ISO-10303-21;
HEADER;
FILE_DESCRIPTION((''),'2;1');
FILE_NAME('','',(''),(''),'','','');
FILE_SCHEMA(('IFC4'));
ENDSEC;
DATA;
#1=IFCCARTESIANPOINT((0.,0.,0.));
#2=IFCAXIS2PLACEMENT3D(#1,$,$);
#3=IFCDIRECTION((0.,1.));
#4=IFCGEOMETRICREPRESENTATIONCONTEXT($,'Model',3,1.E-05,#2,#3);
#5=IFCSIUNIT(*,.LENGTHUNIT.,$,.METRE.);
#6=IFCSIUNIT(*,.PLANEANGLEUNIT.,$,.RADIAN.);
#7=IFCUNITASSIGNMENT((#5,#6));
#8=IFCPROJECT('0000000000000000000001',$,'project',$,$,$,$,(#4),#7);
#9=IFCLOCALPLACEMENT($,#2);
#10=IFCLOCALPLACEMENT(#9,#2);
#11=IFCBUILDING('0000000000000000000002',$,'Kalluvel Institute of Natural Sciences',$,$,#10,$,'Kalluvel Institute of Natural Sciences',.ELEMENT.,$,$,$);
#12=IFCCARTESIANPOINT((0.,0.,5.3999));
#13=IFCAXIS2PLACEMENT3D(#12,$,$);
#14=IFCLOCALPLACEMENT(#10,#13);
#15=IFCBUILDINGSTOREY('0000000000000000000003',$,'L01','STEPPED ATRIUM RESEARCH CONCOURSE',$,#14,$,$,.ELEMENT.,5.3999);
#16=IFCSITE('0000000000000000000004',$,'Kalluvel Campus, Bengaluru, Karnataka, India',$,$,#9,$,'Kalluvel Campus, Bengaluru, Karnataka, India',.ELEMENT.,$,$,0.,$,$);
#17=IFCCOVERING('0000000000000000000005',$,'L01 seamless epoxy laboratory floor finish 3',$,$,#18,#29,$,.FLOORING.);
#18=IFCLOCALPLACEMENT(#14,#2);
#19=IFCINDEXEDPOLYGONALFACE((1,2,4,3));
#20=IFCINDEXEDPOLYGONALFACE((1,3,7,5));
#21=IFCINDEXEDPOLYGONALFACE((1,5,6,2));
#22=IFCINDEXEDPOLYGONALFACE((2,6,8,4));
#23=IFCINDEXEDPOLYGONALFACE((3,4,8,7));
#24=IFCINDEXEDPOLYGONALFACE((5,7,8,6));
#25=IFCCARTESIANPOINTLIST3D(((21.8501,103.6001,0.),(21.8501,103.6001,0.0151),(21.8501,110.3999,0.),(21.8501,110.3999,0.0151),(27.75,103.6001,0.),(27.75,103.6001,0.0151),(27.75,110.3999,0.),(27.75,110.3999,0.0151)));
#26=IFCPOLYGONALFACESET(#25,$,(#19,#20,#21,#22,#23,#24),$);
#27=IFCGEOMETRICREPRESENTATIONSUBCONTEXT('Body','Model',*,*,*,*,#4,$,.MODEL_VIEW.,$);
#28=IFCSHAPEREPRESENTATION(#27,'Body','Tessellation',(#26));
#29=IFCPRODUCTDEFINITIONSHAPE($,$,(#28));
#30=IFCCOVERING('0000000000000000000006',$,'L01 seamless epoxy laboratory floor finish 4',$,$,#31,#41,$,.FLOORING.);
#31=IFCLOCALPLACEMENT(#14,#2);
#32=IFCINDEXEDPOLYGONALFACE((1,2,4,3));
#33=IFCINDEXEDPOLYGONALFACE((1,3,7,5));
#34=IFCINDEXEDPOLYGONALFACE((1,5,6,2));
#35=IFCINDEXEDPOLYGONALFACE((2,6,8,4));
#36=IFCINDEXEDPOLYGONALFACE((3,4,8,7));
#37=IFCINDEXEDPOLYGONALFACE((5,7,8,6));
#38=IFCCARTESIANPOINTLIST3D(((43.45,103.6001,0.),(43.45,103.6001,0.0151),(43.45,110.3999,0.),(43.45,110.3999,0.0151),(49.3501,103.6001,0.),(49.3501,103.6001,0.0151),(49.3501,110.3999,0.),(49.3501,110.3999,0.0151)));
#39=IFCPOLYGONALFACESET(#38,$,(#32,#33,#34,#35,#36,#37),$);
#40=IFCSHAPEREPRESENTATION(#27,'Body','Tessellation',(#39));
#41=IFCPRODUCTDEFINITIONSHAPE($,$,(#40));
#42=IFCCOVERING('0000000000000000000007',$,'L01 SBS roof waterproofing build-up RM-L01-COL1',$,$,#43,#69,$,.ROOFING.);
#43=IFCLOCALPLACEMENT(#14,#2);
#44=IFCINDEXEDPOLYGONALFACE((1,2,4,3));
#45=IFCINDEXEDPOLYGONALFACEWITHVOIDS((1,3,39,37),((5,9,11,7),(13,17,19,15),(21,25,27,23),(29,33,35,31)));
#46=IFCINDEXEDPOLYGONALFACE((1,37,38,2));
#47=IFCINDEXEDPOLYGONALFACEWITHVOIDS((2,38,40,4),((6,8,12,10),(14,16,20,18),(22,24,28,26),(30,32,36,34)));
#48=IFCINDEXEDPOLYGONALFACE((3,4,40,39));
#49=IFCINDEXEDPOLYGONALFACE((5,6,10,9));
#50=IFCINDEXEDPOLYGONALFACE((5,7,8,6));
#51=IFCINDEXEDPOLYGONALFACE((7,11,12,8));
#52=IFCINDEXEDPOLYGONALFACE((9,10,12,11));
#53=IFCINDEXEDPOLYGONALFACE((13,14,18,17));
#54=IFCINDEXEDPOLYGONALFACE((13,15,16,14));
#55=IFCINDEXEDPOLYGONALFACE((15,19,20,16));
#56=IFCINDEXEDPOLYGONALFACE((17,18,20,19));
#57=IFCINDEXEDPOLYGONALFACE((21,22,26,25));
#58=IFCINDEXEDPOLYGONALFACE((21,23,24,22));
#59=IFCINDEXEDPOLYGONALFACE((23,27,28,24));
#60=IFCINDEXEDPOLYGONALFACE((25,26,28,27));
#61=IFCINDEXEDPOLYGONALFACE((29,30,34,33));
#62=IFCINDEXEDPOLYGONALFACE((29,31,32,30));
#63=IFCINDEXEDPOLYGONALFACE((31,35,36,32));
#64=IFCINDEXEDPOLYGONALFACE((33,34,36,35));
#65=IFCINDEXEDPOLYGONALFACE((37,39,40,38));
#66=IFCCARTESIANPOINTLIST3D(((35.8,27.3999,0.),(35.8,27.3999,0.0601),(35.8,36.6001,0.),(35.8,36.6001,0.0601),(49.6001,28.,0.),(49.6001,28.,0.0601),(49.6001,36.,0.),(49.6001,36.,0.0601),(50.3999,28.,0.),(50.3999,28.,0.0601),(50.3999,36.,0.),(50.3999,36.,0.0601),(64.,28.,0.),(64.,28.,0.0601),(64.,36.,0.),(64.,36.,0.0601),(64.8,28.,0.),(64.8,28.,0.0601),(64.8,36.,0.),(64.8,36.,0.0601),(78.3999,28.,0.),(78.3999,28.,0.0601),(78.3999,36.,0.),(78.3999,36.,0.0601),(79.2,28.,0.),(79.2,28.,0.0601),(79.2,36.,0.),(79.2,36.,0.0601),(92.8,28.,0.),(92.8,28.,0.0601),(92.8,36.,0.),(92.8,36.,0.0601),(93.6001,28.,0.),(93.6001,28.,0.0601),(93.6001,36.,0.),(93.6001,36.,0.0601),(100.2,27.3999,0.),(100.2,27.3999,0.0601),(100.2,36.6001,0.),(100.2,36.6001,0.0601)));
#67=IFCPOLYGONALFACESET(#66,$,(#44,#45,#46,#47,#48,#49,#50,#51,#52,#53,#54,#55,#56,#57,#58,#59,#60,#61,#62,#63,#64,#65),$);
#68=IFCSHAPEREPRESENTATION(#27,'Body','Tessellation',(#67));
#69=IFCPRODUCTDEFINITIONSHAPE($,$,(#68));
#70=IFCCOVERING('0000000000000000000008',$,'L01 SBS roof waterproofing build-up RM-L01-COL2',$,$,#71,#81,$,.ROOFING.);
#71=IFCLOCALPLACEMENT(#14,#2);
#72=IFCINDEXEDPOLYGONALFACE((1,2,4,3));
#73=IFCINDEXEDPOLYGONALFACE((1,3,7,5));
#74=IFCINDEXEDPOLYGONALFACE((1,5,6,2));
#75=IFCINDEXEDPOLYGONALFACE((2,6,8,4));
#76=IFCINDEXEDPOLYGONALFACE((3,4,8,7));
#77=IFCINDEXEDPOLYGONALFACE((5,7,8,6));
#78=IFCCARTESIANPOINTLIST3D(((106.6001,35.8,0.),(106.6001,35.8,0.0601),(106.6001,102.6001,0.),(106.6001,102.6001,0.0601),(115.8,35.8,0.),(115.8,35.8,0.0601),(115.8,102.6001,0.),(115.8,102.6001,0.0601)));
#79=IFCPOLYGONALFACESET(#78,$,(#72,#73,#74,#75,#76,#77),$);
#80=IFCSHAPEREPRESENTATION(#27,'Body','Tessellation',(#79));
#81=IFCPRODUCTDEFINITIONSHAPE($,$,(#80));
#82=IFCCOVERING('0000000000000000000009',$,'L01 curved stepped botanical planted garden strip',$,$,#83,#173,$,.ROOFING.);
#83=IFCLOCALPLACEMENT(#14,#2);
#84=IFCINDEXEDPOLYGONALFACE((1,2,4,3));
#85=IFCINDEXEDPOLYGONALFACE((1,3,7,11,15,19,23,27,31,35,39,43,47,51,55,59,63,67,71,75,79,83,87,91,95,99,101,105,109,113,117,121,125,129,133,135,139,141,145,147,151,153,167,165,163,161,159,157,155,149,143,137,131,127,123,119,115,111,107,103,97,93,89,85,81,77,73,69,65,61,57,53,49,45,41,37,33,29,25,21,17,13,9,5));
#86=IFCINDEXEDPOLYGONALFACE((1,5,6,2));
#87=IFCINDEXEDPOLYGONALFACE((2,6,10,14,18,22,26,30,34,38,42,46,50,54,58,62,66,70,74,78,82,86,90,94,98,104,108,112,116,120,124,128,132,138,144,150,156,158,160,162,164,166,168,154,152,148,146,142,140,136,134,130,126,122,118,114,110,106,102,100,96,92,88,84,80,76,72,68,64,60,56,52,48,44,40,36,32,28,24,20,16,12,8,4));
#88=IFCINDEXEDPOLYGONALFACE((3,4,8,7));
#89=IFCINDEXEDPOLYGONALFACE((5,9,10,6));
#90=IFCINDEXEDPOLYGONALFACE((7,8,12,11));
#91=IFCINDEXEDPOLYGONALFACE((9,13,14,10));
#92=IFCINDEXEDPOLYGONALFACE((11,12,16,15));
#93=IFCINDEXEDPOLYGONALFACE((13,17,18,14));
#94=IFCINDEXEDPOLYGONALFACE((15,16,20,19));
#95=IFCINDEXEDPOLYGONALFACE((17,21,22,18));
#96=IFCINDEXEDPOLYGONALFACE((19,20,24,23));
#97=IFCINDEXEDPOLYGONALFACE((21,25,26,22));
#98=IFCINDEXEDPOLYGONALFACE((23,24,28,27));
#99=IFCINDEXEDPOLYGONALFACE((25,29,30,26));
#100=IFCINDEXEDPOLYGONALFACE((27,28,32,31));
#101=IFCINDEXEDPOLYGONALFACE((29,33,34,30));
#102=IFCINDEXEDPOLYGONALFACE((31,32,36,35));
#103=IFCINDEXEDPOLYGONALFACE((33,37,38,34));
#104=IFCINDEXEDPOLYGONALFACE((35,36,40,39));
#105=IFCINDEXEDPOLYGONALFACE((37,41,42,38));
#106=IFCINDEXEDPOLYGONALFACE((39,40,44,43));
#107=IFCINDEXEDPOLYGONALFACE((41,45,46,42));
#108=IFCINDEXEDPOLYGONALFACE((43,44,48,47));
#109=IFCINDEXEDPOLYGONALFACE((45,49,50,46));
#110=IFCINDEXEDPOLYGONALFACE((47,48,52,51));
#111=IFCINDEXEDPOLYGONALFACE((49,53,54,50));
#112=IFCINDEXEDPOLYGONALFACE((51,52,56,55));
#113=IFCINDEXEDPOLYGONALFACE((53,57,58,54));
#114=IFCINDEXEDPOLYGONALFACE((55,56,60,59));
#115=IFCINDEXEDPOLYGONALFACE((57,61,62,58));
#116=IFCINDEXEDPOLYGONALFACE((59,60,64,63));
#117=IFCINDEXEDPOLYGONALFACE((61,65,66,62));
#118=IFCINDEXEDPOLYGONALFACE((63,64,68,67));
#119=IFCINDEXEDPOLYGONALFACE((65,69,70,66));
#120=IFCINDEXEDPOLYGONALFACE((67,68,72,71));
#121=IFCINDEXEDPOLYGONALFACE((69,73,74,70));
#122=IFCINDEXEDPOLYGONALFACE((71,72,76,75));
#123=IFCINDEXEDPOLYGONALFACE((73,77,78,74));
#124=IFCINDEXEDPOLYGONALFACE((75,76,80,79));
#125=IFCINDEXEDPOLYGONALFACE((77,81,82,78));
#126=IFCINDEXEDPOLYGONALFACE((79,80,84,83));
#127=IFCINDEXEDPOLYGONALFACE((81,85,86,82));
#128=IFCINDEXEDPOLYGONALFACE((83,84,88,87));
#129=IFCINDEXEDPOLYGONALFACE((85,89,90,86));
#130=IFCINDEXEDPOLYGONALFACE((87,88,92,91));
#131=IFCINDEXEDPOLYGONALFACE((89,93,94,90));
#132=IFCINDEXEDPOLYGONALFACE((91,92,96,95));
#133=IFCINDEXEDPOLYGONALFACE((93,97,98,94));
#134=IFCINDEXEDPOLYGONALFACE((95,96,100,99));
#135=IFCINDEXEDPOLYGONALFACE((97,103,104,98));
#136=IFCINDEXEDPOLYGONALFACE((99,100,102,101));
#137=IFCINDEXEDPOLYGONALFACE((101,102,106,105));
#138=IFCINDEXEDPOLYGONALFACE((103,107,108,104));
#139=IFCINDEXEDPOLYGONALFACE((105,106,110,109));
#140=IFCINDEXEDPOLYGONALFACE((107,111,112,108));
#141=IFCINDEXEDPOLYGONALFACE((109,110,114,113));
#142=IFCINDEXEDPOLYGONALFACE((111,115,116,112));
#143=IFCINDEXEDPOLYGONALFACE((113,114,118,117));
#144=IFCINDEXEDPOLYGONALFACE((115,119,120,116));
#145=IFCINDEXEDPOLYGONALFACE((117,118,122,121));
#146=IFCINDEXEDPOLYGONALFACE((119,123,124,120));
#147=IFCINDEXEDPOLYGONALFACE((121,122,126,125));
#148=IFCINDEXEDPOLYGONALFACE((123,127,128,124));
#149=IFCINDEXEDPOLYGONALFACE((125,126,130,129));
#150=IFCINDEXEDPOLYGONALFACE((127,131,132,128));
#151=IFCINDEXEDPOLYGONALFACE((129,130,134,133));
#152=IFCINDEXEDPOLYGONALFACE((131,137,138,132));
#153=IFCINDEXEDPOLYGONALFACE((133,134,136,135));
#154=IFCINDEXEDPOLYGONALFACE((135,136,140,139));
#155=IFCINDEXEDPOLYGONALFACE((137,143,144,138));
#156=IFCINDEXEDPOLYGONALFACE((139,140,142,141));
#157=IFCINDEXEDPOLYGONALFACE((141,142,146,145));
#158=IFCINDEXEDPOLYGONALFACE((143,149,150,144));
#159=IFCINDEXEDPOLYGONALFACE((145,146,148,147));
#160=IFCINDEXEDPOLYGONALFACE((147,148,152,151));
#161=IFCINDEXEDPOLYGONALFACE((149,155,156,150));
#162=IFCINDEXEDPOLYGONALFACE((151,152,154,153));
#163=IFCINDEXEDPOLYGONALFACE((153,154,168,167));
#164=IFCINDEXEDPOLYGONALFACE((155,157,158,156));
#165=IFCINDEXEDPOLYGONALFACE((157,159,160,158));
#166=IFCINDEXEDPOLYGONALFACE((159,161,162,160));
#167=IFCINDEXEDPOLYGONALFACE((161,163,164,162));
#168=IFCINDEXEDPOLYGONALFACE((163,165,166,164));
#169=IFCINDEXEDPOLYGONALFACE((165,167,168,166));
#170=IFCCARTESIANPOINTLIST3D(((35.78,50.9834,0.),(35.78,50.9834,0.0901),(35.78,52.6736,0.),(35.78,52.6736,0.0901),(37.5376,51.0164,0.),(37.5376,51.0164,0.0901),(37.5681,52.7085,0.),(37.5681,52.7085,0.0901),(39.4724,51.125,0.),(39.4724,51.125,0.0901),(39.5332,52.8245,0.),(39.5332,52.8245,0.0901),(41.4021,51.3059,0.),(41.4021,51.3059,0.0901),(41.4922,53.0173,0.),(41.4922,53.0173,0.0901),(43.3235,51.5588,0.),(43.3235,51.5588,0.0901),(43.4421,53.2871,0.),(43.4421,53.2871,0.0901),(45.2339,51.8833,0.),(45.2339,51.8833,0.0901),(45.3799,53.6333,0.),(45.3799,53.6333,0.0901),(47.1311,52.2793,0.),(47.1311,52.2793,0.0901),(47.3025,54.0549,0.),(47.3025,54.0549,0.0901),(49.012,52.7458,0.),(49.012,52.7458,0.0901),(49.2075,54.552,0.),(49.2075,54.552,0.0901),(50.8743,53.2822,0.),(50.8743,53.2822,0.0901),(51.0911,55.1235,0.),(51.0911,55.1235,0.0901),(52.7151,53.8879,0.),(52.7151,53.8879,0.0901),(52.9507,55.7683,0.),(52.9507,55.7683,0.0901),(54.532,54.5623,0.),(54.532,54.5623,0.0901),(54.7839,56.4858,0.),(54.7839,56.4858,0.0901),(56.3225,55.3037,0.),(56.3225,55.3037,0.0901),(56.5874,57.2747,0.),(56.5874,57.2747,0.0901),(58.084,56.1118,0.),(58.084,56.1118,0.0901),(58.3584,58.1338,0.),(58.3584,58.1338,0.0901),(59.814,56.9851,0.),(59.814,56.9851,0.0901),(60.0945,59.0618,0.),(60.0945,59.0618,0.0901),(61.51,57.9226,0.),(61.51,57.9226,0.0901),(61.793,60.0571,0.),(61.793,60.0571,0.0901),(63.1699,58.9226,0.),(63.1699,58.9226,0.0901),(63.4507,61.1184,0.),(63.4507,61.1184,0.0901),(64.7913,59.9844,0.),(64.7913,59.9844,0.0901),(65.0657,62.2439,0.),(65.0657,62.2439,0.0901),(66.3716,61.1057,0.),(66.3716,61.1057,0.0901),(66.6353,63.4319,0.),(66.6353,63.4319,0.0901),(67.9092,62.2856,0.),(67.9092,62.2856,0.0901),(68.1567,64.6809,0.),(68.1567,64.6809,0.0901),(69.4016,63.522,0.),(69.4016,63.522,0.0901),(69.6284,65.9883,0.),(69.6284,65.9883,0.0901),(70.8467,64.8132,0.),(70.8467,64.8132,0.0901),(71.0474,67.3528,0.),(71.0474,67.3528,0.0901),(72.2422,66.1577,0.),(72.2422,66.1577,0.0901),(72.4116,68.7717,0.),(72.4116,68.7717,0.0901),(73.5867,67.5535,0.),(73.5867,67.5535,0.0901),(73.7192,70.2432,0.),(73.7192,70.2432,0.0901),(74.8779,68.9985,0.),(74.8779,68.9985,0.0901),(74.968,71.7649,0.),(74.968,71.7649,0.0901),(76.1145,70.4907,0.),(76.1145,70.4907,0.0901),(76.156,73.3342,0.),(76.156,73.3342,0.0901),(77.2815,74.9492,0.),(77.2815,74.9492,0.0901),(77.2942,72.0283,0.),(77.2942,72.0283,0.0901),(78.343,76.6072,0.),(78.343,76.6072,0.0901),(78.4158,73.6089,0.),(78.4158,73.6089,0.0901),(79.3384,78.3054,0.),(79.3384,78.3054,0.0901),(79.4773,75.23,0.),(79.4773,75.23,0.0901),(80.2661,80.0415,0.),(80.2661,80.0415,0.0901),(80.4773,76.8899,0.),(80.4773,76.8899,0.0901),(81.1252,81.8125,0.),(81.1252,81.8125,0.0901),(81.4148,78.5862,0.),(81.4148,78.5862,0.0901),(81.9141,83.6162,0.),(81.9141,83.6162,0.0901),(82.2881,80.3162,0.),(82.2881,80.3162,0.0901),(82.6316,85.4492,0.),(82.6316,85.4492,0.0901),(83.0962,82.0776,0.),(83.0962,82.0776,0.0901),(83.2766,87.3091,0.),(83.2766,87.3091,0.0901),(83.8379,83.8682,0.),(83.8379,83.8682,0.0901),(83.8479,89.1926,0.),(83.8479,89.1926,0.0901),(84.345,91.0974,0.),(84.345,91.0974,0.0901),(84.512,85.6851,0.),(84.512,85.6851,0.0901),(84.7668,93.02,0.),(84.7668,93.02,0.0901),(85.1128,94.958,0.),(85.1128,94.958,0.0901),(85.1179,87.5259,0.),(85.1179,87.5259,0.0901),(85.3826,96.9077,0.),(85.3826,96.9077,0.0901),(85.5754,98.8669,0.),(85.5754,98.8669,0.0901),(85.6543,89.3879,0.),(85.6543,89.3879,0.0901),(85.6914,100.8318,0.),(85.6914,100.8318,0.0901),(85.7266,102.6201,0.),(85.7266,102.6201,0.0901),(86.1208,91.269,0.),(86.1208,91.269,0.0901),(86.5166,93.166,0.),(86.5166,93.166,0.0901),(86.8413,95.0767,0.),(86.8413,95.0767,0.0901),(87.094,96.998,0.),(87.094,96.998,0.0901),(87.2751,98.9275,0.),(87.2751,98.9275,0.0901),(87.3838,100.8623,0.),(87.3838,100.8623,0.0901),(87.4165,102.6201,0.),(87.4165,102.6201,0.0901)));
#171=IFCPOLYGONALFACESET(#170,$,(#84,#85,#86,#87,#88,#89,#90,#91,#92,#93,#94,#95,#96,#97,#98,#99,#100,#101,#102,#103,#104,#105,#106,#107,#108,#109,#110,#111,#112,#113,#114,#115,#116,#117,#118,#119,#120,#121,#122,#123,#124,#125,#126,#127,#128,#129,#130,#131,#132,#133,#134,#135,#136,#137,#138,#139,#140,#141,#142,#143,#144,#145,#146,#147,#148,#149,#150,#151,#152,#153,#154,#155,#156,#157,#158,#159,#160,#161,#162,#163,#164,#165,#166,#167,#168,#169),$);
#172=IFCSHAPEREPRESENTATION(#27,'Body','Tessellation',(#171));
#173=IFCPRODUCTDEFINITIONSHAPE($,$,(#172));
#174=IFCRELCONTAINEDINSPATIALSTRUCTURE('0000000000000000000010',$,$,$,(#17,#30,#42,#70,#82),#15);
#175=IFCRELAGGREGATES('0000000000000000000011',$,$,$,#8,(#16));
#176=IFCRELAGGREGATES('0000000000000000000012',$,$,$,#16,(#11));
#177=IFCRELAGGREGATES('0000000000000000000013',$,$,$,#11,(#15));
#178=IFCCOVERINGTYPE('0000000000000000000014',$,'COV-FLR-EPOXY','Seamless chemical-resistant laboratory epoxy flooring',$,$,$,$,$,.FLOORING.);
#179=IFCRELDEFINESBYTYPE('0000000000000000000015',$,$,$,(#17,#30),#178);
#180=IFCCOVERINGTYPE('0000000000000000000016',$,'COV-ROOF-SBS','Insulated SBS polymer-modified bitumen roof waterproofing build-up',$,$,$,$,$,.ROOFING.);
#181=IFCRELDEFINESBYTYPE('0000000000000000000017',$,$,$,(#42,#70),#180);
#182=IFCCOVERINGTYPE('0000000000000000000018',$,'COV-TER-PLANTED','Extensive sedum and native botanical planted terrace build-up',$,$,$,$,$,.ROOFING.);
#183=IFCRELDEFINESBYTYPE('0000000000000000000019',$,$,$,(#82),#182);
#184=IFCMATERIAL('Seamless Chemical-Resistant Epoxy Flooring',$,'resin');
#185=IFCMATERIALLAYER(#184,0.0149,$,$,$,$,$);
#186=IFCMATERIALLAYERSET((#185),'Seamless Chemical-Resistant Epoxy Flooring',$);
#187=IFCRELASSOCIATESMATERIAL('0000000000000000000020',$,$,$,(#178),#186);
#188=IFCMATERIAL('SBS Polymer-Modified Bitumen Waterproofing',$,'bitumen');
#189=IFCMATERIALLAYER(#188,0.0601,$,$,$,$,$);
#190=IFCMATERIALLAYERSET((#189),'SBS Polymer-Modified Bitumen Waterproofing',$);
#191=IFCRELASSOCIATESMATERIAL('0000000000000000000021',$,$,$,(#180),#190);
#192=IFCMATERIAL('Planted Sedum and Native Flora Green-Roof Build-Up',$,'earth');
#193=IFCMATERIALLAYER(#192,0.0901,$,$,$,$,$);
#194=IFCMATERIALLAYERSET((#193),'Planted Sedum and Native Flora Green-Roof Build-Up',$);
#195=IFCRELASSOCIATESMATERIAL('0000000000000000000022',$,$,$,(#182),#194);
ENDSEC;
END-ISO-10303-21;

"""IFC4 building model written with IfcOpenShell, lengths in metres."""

from ifc_helpers import new_model, si_unit, direction, frame, origin, place, context, subcontext, project, spatial, polyline, outline, extrude, material, layer, layer_set, type_object, element, save


model = new_model("IFC4")

# Units and contexts
model_context = context("Model", 3, precision=1e-05, world=origin(), true_north=direction((0.0, 1.0)))
body_context = subcontext(model_context, "Body", "Model", "MODEL_VIEW")
ifc_project = project(units=[si_unit("LENGTHUNIT", "METRE"), si_unit("PLANEANGLEUNIT", "RADIAN")], contexts=[model_context])

# Site, building, storey
site_placement = place(None, origin())
site = spatial("IfcSite", under=ifc_project, at=site_placement, Name="Kalluvel Campus, Bengaluru, Karnataka, India", LongName="Kalluvel Campus, Bengaluru, Karnataka, India", CompositionType="ELEMENT", RefElevation=0.0)
building_placement = place(site_placement, origin())
building = spatial("IfcBuilding", under=site, at=building_placement, Name="Kalluvel Institute of Natural Sciences", LongName="Kalluvel Institute of Natural Sciences", CompositionType="ELEMENT")
storey_placement = place(building_placement, frame((0.0, 0.0, 5.3999)))
storey = spatial("IfcBuildingStorey", under=building, at=storey_placement, Name="L01", Description="STEPPED ATRIUM RESEARCH CONCOURSE", CompositionType="ELEMENT", Elevation=5.3999)

# Coverings
ifc_material_1 = material(Name="Seamless Chemical-Resistant Epoxy Flooring", Category="resin")
ifc_layer_1 = layer(ifc_material_1, 0.0149)
ifc_layer_set_1 = layer_set([ifc_layer_1], Name="Seamless Chemical-Resistant Epoxy Flooring")
covering_type_1 = type_object("IfcCoveringType", Name="COV-FLR-EPOXY", Description="Seamless chemical-resistant laboratory epoxy flooring", PredefinedType="FLOORING", material=ifc_layer_set_1)
covering_1_placement = place(storey_placement, origin())
element("IfcCovering", 1, at=covering_1_placement, inside=storey, type_object=covering_type_1, Name="L01 seamless epoxy laboratory floor finish 3", PredefinedType="FLOORING", context=body_context, shape_type="SweptSolid", body=[
    extrude(outline(polyline([(21.8501, 103.6001), (27.75, 103.6001), (27.75, 110.3999), (21.8501, 110.3999), (21.8501, 103.6001)])), origin(), (0.0, 0.0, 1.0), 0.0151),
])
covering_2_placement = place(storey_placement, origin())
element("IfcCovering", 2, at=covering_2_placement, inside=storey, type_object=covering_type_1, Name="L01 seamless epoxy laboratory floor finish 4", PredefinedType="FLOORING", context=body_context, shape_type="SweptSolid", body=[
    extrude(outline(polyline([(43.45, 103.6001), (49.3501, 103.6001), (49.3501, 110.3999), (43.45, 110.3999), (43.45, 103.6001)])), origin(), (0.0, 0.0, 1.0), 0.0151),
])
ifc_material_2 = material(Name="SBS Polymer-Modified Bitumen Waterproofing", Category="bitumen")
ifc_layer_2 = layer(ifc_material_2, 0.0601)
ifc_layer_set_2 = layer_set([ifc_layer_2], Name="SBS Polymer-Modified Bitumen Waterproofing")
covering_type_2 = type_object("IfcCoveringType", Name="COV-ROOF-SBS", Description="Insulated SBS polymer-modified bitumen roof waterproofing build-up", PredefinedType="ROOFING", material=ifc_layer_set_2)
covering_3_placement = place(storey_placement, origin())
element("IfcCovering", 3, at=covering_3_placement, inside=storey, type_object=covering_type_2, Name="L01 SBS roof waterproofing build-up RM-L01-COL1", PredefinedType="ROOFING", context=body_context, shape_type="SweptSolid", body=[
    extrude(outline(polyline([(35.8, 27.3999), (100.2, 27.3999), (100.2, 36.6001), (35.8, 36.6001), (35.8, 27.3999)]), holes=[polyline([(49.6001, 28.0), (50.3999, 28.0), (50.3999, 36.0), (49.6001, 36.0), (49.6001, 28.0)]), polyline([(64.0, 28.0), (64.8, 28.0), (64.8, 36.0), (64.0, 36.0), (64.0, 28.0)]), polyline([(78.3999, 28.0), (79.2, 28.0), (79.2, 36.0), (78.3999, 36.0), (78.3999, 28.0)]), polyline([(92.8, 28.0), (93.6001, 28.0), (93.6001, 36.0), (92.8, 36.0), (92.8, 28.0)])]), origin(), (0.0, 0.0, 1.0), 0.0601),
])
covering_4_placement = place(storey_placement, origin())
element("IfcCovering", 4, at=covering_4_placement, inside=storey, type_object=covering_type_2, Name="L01 SBS roof waterproofing build-up RM-L01-COL2", PredefinedType="ROOFING", context=body_context, shape_type="SweptSolid", body=[
    extrude(outline(polyline([(106.6001, 35.8), (115.8, 35.8), (115.8, 102.6001), (106.6001, 102.6001), (106.6001, 35.8)])), origin(), (0.0, 0.0, 1.0), 0.0601),
])
ifc_material_3 = material(Name="Planted Sedum and Native Flora Green-Roof Build-Up", Category="earth")
ifc_layer_3 = layer(ifc_material_3, 0.0901)
ifc_layer_set_3 = layer_set([ifc_layer_3], Name="Planted Sedum and Native Flora Green-Roof Build-Up")
covering_type_3 = type_object("IfcCoveringType", Name="COV-TER-PLANTED", Description="Extensive sedum and native botanical planted terrace build-up", PredefinedType="ROOFING", material=ifc_layer_set_3)
covering_5_placement = place(storey_placement, origin())
element("IfcCovering", 5, at=covering_5_placement, inside=storey, type_object=covering_type_3, Name="L01 curved stepped botanical planted garden strip", PredefinedType="ROOFING", context=body_context, shape_type="SweptSolid", body=[
    extrude(outline(polyline([(35.78, 50.9834), (35.78, 52.6736), (37.5681, 52.7085), (39.5332, 52.8245), (41.4922, 53.0173), (43.4421, 53.2871), (45.3799, 53.6333), (47.3025, 54.0549), (49.2075, 54.552), (51.0911, 55.1235), (52.9507, 55.7683), (54.7839, 56.4858), (56.5874, 57.2747), (58.3584, 58.1338), (60.0945, 59.0618), (61.793, 60.0571), (63.4507, 61.1184), (65.0657, 62.2439), (66.6353, 63.4319), (68.1567, 64.6809), (69.6284, 65.9883), (71.0474, 67.3528), (72.4116, 68.7717), (73.7192, 70.2432), (74.968, 71.7649), (76.156, 73.3342), (77.2815, 74.9492), (78.343, 76.6072), (79.3384, 78.3054), (80.2661, 80.0415), (81.1252, 81.8125), (81.9141, 83.6162), (82.6316, 85.4492), (83.2766, 87.3091), (83.8479, 89.1926), (84.345, 91.0974), (84.7668, 93.02), (85.1128, 94.958), (85.3826, 96.9077), (85.5754, 98.8669), (85.6914, 100.8318), (85.7266, 102.6201), (87.4165, 102.6201), (87.3838, 100.8623), (87.2751, 98.9275), (87.094, 96.998), (86.8413, 95.0767), (86.5166, 93.166), (86.1208, 91.269), (85.6543, 89.3879), (85.1179, 87.5259), (84.512, 85.6851), (83.8379, 83.8682), (83.0962, 82.0776), (82.2881, 80.3162), (81.4148, 78.5862), (80.4773, 76.8899), (79.4773, 75.23), (78.4158, 73.6089), (77.2942, 72.0283), (76.1145, 70.4907), (74.8779, 68.9985), (73.5867, 67.5535), (72.2422, 66.1577), (70.8467, 64.8132), (69.4016, 63.522), (67.9092, 62.2856), (66.3716, 61.1057), (64.7913, 59.9844), (63.1699, 58.9226), (61.51, 57.9226), (59.814, 56.9851), (58.084, 56.1118), (56.3225, 55.3037), (54.532, 54.5623), (52.7151, 53.8879), (50.8743, 53.2822), (49.012, 52.7458), (47.1311, 52.2793), (45.2339, 51.8833), (43.3235, 51.5588), (41.4021, 51.3059), (39.4724, 51.125), (37.5376, 51.0164), (35.78, 50.9834)])), origin(), (0.0, 0.0, 1.0), 0.0901),
])

save(model, "model.ifc")
